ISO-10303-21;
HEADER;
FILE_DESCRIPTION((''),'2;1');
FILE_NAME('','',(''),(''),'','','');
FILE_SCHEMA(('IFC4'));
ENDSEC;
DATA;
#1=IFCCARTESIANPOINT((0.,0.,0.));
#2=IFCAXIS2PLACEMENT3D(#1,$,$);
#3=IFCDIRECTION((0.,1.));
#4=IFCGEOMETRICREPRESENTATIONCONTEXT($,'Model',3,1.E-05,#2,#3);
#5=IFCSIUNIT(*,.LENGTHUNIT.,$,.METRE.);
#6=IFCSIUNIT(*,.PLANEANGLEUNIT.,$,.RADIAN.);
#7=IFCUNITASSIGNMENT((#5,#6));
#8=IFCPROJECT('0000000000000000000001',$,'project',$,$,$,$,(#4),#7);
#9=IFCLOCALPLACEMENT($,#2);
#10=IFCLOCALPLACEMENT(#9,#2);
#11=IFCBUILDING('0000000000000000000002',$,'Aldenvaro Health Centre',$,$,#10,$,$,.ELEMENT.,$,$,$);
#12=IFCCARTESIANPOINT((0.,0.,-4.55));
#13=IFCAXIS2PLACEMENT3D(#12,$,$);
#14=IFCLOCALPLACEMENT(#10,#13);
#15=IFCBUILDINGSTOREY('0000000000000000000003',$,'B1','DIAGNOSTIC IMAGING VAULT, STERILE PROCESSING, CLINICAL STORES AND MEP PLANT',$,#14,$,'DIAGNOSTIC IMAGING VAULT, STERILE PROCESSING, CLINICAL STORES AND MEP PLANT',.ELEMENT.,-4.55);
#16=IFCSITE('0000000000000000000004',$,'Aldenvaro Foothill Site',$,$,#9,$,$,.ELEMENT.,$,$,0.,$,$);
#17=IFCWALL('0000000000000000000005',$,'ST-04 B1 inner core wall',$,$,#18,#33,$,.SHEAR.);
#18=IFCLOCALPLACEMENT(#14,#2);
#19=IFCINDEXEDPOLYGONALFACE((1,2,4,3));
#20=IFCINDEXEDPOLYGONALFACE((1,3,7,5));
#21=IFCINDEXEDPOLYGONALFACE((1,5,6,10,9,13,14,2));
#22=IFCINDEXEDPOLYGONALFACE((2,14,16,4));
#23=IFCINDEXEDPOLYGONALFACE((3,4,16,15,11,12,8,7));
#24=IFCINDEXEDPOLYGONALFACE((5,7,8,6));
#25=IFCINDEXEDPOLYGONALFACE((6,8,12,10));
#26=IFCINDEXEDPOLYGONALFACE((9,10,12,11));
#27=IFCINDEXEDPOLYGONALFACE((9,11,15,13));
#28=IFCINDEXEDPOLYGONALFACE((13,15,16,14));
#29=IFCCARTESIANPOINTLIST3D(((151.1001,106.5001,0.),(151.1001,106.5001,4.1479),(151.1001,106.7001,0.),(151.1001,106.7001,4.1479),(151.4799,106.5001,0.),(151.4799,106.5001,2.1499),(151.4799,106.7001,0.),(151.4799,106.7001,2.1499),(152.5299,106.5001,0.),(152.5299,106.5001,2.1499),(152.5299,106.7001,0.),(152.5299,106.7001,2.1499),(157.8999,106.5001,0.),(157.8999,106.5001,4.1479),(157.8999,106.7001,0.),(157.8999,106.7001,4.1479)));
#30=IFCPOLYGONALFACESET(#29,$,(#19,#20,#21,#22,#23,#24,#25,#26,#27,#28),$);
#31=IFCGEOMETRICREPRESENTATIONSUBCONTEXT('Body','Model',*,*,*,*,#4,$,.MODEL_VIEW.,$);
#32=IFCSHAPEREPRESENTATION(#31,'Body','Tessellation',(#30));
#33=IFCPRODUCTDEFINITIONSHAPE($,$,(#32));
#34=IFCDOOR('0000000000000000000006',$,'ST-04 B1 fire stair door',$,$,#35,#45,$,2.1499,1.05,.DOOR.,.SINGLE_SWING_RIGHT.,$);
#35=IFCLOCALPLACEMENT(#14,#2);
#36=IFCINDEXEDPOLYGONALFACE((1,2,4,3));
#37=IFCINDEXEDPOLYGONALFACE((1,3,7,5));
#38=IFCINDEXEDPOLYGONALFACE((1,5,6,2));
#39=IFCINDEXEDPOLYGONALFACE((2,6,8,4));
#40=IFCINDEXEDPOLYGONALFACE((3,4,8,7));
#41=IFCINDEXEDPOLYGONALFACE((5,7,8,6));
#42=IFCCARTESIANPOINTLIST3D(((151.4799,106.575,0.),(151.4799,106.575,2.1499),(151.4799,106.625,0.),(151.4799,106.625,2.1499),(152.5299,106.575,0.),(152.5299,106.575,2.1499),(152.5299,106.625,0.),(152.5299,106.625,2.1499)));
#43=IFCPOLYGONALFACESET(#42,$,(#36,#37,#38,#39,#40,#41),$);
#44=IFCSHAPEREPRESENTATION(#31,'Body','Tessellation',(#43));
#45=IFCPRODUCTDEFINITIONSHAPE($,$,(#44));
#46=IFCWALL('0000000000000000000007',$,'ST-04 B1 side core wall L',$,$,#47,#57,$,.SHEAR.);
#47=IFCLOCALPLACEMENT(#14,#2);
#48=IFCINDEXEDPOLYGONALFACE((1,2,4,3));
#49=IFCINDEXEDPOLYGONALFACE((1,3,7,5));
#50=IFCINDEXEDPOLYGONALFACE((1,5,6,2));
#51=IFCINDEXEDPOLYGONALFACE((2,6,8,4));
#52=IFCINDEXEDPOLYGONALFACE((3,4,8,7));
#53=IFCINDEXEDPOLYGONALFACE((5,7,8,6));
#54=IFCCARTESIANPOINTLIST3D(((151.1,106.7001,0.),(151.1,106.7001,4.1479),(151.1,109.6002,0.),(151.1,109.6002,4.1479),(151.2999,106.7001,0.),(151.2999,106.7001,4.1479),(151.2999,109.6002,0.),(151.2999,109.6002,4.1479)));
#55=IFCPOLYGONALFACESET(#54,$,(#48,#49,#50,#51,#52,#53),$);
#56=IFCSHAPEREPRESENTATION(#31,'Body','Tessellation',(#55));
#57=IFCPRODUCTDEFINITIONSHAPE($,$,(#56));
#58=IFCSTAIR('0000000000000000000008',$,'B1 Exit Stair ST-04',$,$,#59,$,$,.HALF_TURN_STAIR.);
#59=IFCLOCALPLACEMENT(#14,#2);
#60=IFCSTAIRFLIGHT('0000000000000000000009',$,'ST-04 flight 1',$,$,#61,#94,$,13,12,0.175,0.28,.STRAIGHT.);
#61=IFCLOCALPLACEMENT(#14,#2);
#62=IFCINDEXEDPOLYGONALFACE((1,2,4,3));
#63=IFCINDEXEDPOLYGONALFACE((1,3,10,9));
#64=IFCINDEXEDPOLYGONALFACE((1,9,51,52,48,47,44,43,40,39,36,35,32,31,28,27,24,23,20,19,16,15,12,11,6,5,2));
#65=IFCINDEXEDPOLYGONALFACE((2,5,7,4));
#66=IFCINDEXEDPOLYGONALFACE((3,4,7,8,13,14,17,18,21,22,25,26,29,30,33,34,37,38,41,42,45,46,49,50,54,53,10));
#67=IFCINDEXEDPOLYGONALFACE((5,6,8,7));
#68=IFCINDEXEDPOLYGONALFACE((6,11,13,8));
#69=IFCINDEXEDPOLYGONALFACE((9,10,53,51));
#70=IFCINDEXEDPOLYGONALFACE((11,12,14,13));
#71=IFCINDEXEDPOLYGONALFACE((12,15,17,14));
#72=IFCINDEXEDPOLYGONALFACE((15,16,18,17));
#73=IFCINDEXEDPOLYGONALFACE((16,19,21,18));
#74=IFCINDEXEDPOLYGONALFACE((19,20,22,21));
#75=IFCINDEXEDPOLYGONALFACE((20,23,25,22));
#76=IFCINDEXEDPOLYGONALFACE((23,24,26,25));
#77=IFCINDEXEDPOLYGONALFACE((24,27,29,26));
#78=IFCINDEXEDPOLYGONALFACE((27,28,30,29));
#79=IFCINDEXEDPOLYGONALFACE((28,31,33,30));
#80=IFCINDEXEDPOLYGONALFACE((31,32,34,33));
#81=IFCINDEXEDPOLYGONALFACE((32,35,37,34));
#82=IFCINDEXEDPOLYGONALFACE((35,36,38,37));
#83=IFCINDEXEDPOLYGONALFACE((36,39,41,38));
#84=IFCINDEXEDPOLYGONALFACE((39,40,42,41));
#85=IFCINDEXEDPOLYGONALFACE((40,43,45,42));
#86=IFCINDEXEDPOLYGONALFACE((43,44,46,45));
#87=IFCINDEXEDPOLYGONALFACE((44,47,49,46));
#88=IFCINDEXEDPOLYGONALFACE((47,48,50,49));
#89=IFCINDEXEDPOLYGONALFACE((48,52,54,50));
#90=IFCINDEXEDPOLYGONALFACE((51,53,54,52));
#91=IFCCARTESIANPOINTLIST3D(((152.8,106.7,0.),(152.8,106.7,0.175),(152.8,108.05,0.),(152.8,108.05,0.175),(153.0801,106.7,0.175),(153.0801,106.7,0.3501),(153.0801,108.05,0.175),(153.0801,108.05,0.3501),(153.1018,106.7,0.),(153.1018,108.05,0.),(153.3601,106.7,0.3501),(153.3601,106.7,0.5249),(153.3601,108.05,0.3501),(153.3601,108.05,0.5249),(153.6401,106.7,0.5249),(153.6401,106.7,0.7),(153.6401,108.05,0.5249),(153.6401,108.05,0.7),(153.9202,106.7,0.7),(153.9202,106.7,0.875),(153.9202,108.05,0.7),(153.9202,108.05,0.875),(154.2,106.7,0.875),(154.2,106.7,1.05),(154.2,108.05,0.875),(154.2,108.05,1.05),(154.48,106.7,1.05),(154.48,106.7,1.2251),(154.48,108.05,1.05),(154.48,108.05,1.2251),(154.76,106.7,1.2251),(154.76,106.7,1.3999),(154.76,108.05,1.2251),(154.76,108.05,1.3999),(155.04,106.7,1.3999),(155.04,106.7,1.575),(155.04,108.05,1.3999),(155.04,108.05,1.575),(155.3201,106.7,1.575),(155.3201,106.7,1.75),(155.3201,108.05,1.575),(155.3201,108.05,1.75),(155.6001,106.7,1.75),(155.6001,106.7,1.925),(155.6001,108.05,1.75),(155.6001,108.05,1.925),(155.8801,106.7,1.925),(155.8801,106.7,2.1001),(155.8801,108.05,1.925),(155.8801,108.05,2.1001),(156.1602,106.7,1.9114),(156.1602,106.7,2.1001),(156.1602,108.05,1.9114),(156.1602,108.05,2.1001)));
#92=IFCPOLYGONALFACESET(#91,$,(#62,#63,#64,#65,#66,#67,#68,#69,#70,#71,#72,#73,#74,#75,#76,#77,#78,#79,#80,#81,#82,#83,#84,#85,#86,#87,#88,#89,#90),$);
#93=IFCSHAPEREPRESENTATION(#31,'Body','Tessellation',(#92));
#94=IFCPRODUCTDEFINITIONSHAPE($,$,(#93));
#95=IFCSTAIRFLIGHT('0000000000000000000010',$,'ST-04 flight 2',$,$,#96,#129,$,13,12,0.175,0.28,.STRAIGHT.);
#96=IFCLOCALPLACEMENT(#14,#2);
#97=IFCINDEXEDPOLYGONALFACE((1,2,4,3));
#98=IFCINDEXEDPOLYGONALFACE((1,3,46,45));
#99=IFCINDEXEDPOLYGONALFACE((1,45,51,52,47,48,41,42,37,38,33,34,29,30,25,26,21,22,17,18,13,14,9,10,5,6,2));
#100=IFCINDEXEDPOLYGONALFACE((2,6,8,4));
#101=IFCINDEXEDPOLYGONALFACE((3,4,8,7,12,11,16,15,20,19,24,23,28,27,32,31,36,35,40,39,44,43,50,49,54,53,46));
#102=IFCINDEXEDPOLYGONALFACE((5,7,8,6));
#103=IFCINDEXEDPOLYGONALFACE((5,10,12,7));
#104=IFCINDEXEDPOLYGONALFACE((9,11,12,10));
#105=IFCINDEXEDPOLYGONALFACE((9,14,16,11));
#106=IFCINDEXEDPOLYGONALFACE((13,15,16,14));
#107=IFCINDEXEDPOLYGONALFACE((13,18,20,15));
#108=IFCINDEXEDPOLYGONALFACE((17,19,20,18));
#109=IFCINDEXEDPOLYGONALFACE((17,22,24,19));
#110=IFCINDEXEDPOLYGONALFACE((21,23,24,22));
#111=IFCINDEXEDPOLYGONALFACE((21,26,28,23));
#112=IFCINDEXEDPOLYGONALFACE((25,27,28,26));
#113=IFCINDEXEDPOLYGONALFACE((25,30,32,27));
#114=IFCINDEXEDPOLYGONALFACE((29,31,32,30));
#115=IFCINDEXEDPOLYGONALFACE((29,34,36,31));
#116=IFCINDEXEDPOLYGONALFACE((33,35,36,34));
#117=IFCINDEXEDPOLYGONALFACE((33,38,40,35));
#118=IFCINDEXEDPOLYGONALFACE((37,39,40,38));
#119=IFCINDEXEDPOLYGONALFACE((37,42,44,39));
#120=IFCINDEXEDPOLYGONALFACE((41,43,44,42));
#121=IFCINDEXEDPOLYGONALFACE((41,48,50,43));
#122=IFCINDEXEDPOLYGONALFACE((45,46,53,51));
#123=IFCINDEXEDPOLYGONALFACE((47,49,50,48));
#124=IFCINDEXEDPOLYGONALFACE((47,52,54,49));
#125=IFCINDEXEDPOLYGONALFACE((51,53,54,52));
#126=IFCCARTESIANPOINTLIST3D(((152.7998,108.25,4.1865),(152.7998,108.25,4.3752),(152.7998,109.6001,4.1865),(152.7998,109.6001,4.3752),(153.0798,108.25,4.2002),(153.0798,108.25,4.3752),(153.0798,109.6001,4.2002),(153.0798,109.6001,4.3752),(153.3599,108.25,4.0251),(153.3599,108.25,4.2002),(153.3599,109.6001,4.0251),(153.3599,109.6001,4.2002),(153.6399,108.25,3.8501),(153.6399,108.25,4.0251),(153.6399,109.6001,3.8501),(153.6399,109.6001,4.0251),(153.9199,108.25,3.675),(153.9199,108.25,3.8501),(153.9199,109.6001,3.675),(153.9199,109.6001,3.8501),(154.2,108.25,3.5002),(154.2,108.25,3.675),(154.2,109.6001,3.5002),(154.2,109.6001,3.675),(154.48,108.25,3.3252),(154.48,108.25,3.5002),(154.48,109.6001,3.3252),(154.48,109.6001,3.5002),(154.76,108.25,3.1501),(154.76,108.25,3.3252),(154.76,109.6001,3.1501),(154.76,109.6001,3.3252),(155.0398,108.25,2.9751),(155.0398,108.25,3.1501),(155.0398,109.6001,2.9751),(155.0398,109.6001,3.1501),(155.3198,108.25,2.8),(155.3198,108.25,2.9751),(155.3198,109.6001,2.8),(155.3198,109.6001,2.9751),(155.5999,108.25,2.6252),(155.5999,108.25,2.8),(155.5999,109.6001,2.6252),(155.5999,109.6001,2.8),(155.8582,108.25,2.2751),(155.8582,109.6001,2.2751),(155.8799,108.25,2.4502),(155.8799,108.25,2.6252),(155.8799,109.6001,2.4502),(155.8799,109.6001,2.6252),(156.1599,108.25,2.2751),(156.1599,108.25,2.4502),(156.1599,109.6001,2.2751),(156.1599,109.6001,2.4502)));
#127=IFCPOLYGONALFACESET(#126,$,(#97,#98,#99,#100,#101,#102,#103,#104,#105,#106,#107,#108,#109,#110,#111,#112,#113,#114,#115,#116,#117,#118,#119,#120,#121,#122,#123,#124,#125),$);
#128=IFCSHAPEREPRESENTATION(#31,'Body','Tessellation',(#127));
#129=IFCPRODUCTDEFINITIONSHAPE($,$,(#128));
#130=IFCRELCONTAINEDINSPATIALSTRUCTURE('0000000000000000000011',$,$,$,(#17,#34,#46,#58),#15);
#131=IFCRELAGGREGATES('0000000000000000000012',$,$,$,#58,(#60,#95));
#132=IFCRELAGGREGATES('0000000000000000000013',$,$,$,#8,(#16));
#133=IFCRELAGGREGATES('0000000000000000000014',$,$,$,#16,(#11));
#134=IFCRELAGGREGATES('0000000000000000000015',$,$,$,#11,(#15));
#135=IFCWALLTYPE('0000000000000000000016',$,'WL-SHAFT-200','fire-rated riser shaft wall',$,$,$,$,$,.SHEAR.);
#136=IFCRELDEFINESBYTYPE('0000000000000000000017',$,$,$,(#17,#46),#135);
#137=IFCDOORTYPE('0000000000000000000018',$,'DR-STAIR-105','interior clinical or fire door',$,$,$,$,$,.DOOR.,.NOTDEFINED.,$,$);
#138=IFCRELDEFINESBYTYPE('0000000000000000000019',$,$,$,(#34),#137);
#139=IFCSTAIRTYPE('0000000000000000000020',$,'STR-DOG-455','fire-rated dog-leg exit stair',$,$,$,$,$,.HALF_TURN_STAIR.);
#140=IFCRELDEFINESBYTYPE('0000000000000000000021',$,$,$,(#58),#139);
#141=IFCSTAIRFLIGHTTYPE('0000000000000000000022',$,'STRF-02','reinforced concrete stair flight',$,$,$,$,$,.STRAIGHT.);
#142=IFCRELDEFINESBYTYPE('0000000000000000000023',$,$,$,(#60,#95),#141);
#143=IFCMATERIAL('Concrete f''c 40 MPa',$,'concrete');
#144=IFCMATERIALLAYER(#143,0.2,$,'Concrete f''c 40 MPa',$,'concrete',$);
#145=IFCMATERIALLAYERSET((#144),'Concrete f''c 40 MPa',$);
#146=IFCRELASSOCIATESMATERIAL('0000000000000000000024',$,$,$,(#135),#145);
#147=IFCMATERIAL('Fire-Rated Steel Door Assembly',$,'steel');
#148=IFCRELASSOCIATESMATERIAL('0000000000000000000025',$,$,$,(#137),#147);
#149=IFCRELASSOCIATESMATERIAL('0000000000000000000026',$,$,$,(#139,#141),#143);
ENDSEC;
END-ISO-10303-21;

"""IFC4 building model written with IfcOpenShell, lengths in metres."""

from ifc_helpers import new_model, si_unit, direction, frame, frame_2d, origin, place, context, subcontext, project, spatial, polyline, rectangle, outline, extrude, material, layer, layer_set, type_object, element, fill, aggregate, save


model = new_model("IFC4")

# Units and contexts
model_context = context("Model", 3, precision=1e-05, world=origin(), true_north=direction((0.0, 1.0)))
body_context = subcontext(model_context, "Body", "Model", "MODEL_VIEW")
ifc_project = project(units=[si_unit("LENGTHUNIT", "METRE"), si_unit("PLANEANGLEUNIT", "RADIAN")], contexts=[model_context])

# Site, building, storey
site_placement = place(None, origin())
site = spatial("IfcSite", under=ifc_project, at=site_placement, Name="Aldenvaro Foothill Site", CompositionType="ELEMENT", RefElevation=0.0)
building_placement = place(site_placement, origin())
building = spatial("IfcBuilding", under=site, at=building_placement, Name="Aldenvaro Health Centre", CompositionType="ELEMENT")
storey_placement = place(building_placement, frame((0.0, 0.0, -4.55)))
storey = spatial("IfcBuildingStorey", under=building, at=storey_placement, Name="B1", Description="DIAGNOSTIC IMAGING VAULT, STERILE PROCESSING, CLINICAL STORES AND MEP PLANT", LongName="DIAGNOSTIC IMAGING VAULT, STERILE PROCESSING, CLINICAL STORES AND MEP PLANT", CompositionType="ELEMENT", Elevation=-4.55)

# Shared definitions
ifc_material_1 = material(Name="Concrete f'c 40 MPa", Category="concrete")

# Wall, opening, door
ifc_layer_1 = layer(ifc_material_1, 0.2, Name="Concrete f'c 40 MPa", Category="concrete")
ifc_layer_set_1 = layer_set([ifc_layer_1], Name="Concrete f'c 40 MPa")
wall_type_1 = type_object("IfcWallType", Name="WL-SHAFT-200", Description="fire-rated riser shaft wall", PredefinedType="SHEAR", material=ifc_layer_set_1)
wall_1_placement = place(storey_placement, frame((151.1001, 106.6001, 0.0), z_axis=(0.0, 0.0, 1.0), x_axis=(1.0, 0.0, 0.0)))
wall_1 = element("IfcWall", 1, at=wall_1_placement, inside=storey, type_object=wall_type_1, Name="ST-04 B1 inner core wall", PredefinedType="SHEAR", context=body_context, shape_type="SweptSolid", body=[
    extrude(rectangle(XDim=6.7998, YDim=0.2, at=frame_2d((3.3999, 0.0))), origin(), (0.0, 0.0, 1.0), 4.1479),
])
opening_placement = place(wall_1_placement, frame((0.3799, 0.0, 0.0)))
opening = element("IfcOpeningElement", 2, at=opening_placement, cuts=wall_1, PredefinedType="OPENING", context=body_context, shape_type="SweptSolid", body=[
    extrude(rectangle(XDim=1.05, YDim=2.1499, at=frame_2d((0.5249, 1.075))), frame((0.0, 0.1099, 0.0), z_axis=(0.0, -1.0, 0.0), x_axis=(1.0, 0.0, 0.0)), (0.0, 0.0, 1.0), 0.22),
])
ifc_material_2 = material(Name="Fire-Rated Steel Door Assembly", Category="steel")
door_type = type_object("IfcDoorType", Name="DR-STAIR-105", Description="interior clinical or fire door", OperationType="NOTDEFINED", PredefinedType="DOOR", material=ifc_material_2)
door_placement = place(opening_placement, origin())
door = element("IfcDoor", 3, at=door_placement, inside=storey, type_object=door_type, Name="ST-04 B1 fire stair door", OperationType="SINGLE_SWING_RIGHT", OverallHeight=2.1499, OverallWidth=1.05, PredefinedType="DOOR", context=body_context, shape_type="SweptSolid", body=[
    extrude(rectangle(XDim=1.05, YDim=2.1499, at=frame_2d((0.5249, 1.075))), frame((0.0, 0.0249, 0.0), z_axis=(0.0, -1.0, 0.0), x_axis=(1.0, 0.0, 0.0)), (0.0, 0.0, 1.0), 0.05),
])
fill(opening, door)

# Wall
wall_2_placement = place(storey_placement, frame((151.2, 106.7, 0.0), z_axis=(0.0, 0.0, 1.0), x_axis=(0.0, 1.0, 0.0)))
element("IfcWall", 4, at=wall_2_placement, inside=storey, type_object=wall_type_1, Name="ST-04 B1 side core wall L", PredefinedType="SHEAR", context=body_context, shape_type="SweptSolid", body=[
    extrude(rectangle(XDim=2.9001, YDim=0.2, at=frame_2d((1.4502, 0.0))), origin(), (0.0, 0.0, 1.0), 4.1479),
])

# Stair, stair flights
stair_type = type_object("IfcStairType", Name="STR-DOG-455", Description="fire-rated dog-leg exit stair", PredefinedType="HALF_TURN_STAIR", material=ifc_material_1)
stair_placement = place(storey_placement, origin())
stair = element("IfcStair", 5, at=stair_placement, inside=storey, type_object=stair_type, Name="B1 Exit Stair ST-04", PredefinedType="HALF_TURN_STAIR")
stair_flight_type = type_object("IfcStairFlightType", Name="STRF-02", Description="reinforced concrete stair flight", PredefinedType="STRAIGHT", material=ifc_material_1)
stair_flight_1_placement = place(storey_placement, frame((152.8, 107.375, 0.0), z_axis=(0.0, 0.0, 1.0), x_axis=(1.0, 0.0, 0.0)))
stair_flight_1 = element("IfcStairFlight", 6, at=stair_flight_1_placement, type_object=stair_flight_type, Name="ST-04 flight 1", NumberOfRisers=13, NumberOfTreads=12, PredefinedType="STRAIGHT", RiserHeight=0.175, TreadLength=0.28, context=body_context, shape_type="SweptSolid", body=[
    extrude(outline(polyline([(0.0, 0.0), (0.0, 0.175), (0.28, 0.175), (0.28, 0.3501), (0.5601, 0.3501), (0.5601, 0.5249), (0.8401, 0.5249), (0.8401, 0.7), (1.1201, 0.7), (1.1201, 0.875), (1.3999, 0.875), (1.3999, 1.05), (1.6799, 1.05), (1.6799, 1.2251), (1.96, 1.2251), (1.96, 1.3999), (2.24, 1.3999), (2.24, 1.575), (2.52, 1.575), (2.52, 1.75), (2.8, 1.75), (2.8, 1.925), (3.0801, 1.925), (3.0801, 2.1001), (3.3601, 2.1001), (3.3601, 2.2749), (3.3601, 1.9114), (0.3018, 0.0), (0.0, 0.0)])), frame((0.0, 0.675, 0.0), z_axis=(0.0, -1.0, 0.0), x_axis=(1.0, 0.0, 0.0)), (0.0, 0.0, 1.0), 1.3501),
])
stair_flight_2_placement = place(storey_placement, frame((156.1599, 108.925, 2.2751), z_axis=(0.0, 0.0, 1.0), x_axis=(-1.0, 0.0, 0.0)))
stair_flight_2 = element("IfcStairFlight", 7, at=stair_flight_2_placement, type_object=stair_flight_type, Name="ST-04 flight 2", NumberOfRisers=13, NumberOfTreads=12, PredefinedType="STRAIGHT", RiserHeight=0.175, TreadLength=0.28, context=body_context, shape_type="SweptSolid", body=[
    extrude(outline(polyline([(0.0, 0.0), (0.0, 0.175), (0.28, 0.175), (0.28, 0.3501), (0.5601, 0.3501), (0.5601, 0.5249), (0.8401, 0.5249), (0.8401, 0.7), (1.1201, 0.7), (1.1201, 0.875), (1.3999, 0.875), (1.3999, 1.05), (1.6799, 1.05), (1.6799, 1.2251), (1.96, 1.2251), (1.96, 1.3999), (2.24, 1.3999), (2.24, 1.575), (2.52, 1.575), (2.52, 1.75), (2.8, 1.75), (2.8, 1.925), (3.0801, 1.925), (3.0801, 2.1001), (3.3601, 2.1001), (3.3601, 2.2749), (3.3601, 1.9114), (0.3018, 0.0), (0.0, 0.0)])), frame((0.0, 0.675, 0.0), z_axis=(0.0, -1.0, 0.0), x_axis=(1.0, 0.0, 0.0)), (0.0, 0.0, 1.0), 1.3501),
])
aggregate(stair, [stair_flight_1, stair_flight_2])

save(model, "model.ifc")
